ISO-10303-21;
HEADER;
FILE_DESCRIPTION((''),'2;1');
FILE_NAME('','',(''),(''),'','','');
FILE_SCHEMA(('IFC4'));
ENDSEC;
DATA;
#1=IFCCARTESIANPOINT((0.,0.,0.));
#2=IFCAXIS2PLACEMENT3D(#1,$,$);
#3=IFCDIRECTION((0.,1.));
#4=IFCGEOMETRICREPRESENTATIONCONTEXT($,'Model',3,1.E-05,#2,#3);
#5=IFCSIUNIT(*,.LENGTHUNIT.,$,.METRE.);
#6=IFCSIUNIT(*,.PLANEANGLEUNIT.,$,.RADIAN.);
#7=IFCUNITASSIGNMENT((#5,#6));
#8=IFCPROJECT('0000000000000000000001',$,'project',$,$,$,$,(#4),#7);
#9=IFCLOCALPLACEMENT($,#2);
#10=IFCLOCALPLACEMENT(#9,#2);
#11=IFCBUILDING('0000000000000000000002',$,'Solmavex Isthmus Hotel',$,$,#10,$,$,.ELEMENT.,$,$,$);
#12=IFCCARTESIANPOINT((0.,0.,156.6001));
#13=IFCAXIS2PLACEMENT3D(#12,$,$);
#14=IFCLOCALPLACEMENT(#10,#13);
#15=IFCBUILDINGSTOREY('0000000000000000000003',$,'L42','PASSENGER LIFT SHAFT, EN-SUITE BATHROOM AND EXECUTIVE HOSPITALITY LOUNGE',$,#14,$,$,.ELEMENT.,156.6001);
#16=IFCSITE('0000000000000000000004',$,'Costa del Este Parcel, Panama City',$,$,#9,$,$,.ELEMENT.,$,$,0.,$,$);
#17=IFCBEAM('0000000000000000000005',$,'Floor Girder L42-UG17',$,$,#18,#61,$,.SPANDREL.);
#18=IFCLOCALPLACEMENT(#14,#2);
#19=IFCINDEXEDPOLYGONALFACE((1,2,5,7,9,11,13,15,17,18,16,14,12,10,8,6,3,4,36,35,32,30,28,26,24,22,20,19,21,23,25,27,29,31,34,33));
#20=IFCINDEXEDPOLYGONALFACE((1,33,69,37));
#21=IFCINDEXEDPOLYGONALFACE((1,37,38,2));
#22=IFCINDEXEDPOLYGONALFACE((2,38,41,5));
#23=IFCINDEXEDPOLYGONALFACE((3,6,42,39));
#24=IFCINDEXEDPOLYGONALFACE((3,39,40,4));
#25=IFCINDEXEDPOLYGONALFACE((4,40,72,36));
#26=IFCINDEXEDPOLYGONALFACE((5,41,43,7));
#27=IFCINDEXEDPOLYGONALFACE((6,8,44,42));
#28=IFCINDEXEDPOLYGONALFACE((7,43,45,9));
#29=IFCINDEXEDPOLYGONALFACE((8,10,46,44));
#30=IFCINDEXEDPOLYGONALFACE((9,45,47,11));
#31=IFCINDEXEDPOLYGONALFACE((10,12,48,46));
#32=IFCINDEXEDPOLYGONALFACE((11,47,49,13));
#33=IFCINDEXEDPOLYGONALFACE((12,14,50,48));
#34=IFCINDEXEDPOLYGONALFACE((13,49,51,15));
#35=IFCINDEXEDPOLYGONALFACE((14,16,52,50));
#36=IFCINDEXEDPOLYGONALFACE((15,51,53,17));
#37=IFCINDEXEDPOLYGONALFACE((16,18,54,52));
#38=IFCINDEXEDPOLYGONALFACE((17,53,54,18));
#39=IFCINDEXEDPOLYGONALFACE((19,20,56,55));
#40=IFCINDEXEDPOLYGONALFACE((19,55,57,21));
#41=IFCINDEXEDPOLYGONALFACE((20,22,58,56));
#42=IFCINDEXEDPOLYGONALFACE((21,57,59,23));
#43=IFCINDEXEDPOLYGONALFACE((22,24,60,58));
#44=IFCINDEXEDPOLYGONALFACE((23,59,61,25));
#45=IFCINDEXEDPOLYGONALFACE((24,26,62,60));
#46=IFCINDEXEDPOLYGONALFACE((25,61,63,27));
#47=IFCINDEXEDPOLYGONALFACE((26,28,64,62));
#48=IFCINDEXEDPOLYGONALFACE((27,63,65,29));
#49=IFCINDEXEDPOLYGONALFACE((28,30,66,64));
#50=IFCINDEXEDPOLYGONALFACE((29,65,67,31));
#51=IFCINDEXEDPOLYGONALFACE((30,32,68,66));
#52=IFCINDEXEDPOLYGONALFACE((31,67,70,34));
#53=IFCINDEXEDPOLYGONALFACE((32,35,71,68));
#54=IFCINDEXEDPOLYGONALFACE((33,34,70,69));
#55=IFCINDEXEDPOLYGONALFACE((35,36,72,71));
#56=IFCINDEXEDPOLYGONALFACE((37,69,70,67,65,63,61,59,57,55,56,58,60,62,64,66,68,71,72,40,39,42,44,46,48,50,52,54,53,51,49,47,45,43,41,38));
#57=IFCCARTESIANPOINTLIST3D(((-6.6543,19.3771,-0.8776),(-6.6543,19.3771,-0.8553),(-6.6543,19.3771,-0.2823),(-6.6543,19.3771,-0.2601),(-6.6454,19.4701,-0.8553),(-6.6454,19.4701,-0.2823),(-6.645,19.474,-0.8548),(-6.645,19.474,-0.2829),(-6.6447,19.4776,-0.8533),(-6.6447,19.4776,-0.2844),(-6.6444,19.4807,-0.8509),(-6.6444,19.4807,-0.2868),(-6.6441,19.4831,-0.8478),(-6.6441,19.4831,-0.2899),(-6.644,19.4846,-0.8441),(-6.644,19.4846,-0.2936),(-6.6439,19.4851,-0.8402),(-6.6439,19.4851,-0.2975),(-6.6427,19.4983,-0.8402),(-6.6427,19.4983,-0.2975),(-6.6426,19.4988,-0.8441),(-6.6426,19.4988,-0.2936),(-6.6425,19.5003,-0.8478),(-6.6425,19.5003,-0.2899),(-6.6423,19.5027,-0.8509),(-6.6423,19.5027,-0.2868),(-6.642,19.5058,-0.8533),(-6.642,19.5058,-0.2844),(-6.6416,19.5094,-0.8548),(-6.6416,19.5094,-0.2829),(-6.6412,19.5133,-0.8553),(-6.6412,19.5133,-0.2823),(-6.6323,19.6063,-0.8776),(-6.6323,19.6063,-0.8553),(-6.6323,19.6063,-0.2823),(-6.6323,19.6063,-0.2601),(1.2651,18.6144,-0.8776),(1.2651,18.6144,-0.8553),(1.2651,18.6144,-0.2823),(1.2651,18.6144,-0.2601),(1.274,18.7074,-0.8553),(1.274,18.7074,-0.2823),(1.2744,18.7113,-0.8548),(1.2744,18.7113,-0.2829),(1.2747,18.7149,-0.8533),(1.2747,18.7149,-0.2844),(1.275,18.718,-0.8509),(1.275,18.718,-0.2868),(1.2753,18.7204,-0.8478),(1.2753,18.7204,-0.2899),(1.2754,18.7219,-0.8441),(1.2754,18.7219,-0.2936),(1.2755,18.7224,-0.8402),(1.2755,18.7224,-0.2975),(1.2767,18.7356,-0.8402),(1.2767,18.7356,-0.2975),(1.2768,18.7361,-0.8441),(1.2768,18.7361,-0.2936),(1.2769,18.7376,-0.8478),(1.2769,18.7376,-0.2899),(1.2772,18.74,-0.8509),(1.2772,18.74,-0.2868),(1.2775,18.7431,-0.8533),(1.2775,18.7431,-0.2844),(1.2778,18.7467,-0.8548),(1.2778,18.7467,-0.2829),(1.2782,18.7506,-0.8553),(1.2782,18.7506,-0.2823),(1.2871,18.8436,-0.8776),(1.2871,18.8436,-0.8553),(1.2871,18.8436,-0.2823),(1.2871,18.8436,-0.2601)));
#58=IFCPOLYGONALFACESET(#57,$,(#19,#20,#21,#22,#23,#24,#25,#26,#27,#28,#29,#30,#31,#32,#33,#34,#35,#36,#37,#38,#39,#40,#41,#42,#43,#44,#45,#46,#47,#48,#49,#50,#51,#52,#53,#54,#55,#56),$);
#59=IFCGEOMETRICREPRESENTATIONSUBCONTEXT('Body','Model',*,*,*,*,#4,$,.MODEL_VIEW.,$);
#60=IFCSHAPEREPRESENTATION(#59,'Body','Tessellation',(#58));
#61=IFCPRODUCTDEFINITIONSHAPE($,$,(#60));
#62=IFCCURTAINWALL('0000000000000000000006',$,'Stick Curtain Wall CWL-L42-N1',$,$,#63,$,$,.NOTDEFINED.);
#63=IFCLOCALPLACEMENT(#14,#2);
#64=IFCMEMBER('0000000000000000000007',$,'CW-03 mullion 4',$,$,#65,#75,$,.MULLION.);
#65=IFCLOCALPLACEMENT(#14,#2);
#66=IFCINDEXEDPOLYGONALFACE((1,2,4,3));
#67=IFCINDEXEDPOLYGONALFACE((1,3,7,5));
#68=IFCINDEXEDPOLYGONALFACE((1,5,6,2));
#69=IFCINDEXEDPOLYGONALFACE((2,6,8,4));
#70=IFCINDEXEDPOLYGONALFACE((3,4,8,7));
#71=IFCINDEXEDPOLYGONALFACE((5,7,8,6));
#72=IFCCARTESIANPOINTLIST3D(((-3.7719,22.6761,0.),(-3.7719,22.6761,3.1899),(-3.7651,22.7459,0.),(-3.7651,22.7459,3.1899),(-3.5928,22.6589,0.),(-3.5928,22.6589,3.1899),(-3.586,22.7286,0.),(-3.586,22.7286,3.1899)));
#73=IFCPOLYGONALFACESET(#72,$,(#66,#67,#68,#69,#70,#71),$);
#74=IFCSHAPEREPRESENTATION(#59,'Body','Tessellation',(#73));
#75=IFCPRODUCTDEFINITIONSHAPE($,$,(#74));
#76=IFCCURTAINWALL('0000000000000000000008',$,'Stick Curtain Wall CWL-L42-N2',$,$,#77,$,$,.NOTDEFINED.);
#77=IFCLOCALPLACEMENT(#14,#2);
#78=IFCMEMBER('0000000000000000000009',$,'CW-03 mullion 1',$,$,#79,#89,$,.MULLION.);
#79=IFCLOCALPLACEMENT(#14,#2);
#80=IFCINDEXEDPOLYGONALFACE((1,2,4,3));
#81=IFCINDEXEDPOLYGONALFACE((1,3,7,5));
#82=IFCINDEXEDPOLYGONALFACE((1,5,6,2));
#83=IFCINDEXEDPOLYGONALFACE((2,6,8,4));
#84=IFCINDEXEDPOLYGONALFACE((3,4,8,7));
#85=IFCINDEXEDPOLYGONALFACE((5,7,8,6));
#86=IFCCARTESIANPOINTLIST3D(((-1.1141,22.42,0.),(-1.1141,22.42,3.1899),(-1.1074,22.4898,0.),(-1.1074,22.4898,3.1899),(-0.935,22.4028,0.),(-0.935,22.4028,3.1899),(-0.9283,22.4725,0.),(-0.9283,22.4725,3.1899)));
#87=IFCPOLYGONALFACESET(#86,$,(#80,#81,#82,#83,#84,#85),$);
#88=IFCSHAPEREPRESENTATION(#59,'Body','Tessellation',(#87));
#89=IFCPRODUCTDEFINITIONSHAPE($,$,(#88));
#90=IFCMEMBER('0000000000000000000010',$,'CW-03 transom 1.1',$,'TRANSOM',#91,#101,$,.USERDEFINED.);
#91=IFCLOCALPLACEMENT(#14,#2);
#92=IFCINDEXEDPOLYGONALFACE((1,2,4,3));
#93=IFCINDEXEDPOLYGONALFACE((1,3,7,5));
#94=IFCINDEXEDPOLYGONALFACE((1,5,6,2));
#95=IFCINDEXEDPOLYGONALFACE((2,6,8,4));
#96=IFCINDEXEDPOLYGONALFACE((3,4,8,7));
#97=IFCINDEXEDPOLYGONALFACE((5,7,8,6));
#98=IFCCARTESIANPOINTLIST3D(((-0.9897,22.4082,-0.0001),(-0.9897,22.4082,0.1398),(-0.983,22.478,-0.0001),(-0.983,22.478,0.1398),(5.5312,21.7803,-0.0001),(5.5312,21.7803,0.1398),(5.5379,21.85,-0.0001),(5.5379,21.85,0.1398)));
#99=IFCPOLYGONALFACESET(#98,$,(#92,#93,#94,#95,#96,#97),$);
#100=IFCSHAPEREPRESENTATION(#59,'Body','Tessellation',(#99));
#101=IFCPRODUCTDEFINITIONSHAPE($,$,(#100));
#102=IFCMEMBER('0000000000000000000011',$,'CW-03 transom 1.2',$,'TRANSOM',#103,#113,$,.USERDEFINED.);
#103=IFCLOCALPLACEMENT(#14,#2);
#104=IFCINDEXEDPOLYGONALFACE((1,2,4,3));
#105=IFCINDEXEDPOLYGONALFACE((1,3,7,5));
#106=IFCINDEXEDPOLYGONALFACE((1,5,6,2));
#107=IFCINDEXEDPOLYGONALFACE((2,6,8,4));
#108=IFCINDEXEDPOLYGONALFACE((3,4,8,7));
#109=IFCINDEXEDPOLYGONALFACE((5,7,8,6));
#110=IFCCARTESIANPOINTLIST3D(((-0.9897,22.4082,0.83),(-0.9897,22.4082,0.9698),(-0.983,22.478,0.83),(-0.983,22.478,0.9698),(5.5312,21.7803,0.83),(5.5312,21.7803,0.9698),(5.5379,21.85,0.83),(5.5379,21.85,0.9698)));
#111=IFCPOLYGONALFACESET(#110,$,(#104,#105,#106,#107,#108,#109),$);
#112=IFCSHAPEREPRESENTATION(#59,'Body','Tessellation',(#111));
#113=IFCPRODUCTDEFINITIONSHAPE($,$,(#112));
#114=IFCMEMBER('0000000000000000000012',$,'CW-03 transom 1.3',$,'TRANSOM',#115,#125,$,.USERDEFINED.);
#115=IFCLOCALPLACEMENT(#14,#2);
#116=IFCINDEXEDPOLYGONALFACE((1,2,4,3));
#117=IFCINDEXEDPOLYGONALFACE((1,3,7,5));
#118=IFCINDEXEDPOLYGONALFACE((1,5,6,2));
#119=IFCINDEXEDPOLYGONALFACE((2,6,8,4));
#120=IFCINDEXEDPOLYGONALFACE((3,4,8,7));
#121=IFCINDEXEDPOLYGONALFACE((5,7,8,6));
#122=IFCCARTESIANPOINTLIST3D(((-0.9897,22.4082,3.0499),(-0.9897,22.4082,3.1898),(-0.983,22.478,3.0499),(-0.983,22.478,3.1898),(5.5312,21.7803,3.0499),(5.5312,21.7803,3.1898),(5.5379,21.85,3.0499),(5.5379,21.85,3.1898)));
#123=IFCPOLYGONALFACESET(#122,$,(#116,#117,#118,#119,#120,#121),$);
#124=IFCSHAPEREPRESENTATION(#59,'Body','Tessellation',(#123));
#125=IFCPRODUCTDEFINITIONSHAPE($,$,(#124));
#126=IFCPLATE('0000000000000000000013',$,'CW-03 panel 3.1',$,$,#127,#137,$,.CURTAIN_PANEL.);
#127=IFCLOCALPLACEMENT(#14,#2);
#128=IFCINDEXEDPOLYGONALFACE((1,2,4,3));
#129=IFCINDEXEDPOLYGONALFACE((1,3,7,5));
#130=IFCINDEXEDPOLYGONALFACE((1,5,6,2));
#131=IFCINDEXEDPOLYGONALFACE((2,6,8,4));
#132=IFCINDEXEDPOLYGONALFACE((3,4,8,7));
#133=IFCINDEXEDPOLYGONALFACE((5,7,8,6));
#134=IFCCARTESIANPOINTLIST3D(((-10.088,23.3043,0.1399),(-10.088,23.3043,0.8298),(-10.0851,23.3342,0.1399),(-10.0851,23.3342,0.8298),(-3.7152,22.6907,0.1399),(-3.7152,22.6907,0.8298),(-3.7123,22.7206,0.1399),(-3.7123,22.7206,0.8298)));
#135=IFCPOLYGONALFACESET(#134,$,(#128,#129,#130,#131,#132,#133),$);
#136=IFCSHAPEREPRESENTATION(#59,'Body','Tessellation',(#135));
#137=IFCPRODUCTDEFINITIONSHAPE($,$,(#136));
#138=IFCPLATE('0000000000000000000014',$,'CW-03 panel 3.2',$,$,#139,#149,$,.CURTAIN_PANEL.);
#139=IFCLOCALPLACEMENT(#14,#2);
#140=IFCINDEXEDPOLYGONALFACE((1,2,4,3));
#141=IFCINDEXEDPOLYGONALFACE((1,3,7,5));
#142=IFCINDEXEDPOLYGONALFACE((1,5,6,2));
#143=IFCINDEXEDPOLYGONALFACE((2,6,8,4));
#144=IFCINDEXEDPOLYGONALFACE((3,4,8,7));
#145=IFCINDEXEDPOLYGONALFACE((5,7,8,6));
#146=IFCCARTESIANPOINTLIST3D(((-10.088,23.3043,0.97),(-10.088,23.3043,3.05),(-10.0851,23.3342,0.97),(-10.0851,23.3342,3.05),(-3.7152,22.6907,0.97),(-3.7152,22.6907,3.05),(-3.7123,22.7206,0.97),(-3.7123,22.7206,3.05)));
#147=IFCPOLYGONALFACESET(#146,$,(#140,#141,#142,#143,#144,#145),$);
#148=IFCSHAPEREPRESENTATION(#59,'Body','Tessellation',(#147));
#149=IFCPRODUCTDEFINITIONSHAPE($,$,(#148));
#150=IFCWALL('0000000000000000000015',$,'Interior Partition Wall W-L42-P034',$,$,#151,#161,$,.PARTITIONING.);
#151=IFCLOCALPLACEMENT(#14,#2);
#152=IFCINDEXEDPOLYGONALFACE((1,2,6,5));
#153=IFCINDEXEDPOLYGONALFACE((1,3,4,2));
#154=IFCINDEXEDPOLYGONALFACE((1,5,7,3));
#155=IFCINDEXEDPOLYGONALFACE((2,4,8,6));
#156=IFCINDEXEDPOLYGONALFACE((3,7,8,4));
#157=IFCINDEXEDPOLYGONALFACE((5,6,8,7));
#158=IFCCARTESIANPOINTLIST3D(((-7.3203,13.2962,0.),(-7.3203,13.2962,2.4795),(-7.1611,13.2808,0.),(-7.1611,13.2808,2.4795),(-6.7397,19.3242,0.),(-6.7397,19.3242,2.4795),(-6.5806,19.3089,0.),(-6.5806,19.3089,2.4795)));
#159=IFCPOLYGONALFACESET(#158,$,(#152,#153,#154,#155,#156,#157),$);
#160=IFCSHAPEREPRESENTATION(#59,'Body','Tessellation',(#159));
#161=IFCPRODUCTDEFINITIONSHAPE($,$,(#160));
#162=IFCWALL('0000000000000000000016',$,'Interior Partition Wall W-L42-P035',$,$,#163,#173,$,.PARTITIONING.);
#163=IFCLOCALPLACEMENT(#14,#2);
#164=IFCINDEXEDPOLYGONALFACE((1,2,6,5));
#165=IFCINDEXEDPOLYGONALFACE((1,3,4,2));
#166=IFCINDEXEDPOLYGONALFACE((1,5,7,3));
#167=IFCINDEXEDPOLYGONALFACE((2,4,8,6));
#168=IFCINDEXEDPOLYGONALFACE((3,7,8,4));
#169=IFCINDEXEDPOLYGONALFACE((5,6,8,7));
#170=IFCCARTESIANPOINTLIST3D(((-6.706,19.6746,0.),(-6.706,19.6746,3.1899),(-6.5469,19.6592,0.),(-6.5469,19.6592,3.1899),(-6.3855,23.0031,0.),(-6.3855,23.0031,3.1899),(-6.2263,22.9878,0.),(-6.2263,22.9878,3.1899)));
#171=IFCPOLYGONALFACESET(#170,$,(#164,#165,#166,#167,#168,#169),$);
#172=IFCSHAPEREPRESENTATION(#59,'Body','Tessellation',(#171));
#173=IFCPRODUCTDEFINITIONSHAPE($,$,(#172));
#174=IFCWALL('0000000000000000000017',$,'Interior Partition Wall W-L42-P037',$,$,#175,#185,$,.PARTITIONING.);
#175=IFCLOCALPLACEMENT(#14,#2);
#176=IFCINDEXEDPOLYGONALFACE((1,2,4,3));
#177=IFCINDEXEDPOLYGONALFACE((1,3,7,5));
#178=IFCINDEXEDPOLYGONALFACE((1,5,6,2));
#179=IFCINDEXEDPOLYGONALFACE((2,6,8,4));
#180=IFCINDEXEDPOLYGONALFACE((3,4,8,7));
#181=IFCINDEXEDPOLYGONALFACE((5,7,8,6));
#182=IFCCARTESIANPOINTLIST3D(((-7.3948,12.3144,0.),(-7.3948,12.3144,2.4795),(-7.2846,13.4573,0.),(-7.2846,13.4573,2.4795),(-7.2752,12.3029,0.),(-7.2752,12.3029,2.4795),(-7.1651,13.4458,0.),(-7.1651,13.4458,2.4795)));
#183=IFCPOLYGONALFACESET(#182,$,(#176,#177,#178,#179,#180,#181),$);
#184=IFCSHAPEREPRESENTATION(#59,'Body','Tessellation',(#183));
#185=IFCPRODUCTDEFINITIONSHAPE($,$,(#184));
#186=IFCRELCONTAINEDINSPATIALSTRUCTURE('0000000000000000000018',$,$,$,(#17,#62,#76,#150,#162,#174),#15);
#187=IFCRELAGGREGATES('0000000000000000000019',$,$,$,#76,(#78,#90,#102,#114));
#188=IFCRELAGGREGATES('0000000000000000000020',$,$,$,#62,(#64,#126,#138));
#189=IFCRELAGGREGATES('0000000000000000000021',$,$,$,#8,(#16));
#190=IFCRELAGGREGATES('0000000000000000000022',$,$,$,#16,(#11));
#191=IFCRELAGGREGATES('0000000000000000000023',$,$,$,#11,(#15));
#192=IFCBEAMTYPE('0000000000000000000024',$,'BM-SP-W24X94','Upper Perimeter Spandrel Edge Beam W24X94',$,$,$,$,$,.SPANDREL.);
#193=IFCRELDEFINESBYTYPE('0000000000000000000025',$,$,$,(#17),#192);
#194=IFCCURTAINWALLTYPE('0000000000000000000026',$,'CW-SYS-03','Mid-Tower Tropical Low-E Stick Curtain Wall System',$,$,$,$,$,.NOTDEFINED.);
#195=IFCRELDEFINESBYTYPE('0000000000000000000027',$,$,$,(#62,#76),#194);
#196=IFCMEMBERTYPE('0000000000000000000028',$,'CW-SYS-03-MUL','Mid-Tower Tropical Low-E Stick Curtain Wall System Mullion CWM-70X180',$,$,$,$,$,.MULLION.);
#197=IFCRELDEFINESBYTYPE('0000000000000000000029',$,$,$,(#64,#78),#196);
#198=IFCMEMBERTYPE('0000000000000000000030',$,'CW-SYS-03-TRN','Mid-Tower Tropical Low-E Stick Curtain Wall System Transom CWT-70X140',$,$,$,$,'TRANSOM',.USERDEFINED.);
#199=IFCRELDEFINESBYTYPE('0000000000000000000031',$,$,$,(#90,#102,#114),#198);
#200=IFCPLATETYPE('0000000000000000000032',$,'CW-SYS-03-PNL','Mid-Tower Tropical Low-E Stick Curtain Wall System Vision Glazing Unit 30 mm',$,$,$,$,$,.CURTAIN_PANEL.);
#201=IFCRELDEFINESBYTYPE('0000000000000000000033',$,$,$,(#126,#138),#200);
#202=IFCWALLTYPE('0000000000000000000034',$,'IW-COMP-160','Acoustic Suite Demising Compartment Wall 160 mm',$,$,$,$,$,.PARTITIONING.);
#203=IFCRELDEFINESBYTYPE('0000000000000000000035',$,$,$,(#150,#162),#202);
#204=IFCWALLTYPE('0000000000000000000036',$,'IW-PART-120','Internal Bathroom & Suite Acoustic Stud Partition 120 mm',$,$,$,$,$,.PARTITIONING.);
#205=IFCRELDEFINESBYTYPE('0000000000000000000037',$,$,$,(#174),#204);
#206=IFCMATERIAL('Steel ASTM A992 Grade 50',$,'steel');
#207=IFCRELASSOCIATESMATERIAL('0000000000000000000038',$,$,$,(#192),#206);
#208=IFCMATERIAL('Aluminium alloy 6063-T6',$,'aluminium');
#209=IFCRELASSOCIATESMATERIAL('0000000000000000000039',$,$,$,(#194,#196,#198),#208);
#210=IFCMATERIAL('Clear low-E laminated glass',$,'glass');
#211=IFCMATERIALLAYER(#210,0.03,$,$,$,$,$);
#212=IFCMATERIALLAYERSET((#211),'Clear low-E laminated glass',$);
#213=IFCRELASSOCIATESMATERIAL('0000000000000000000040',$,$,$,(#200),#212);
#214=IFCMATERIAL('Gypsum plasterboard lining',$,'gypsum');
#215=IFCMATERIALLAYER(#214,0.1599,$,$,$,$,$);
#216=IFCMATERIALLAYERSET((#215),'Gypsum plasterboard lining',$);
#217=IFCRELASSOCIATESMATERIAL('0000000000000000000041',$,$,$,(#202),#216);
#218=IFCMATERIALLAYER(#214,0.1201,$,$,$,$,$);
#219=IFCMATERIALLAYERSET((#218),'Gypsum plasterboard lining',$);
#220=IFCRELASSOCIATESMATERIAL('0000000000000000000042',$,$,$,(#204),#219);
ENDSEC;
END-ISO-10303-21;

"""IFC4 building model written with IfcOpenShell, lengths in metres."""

from ifc_helpers import new_model, si_unit, direction, frame, frame_2d, origin, origin_2d, place, context, subcontext, project, spatial, rectangle, i_section, extrude, material, layer, layer_set, material_profile, profile_set, type_object, element, aggregate, save


model = new_model("IFC4")

# Units and contexts
model_context = context("Model", 3, precision=1e-05, world=origin(), true_north=direction((0.0, 1.0)))
body_context = subcontext(model_context, "Body", "Model", "MODEL_VIEW")
ifc_project = project(units=[si_unit("LENGTHUNIT", "METRE"), si_unit("PLANEANGLEUNIT", "RADIAN")], contexts=[model_context])

# Site, building, storey
site_placement = place(None, origin())
site = spatial("IfcSite", under=ifc_project, at=site_placement, Name="Costa del Este Parcel, Panama City", CompositionType="ELEMENT", RefElevation=0.0)
building_placement = place(site_placement, origin())
building = spatial("IfcBuilding", under=site, at=building_placement, Name="Solmavex Isthmus Hotel", CompositionType="ELEMENT")
storey_placement = place(building_placement, frame((0.0, 0.0, 156.6001)))
storey = spatial("IfcBuildingStorey", under=building, at=storey_placement, Name="L42", Description="PASSENGER LIFT SHAFT, EN-SUITE BATHROOM AND EXECUTIVE HOSPITALITY LOUNGE", CompositionType="ELEMENT", Elevation=156.6001)

# Beam
ifc_material_1 = material(Name="Steel ASTM A992 Grade 50", Category="steel")
ifc_material_profile_1 = material_profile(ifc_material_1, i_section(OverallWidth=0.2302, OverallDepth=0.6174, WebThickness=0.0132, FlangeThickness=0.0222, FilletRadius=0.0151, at=origin_2d()), Name="W24X94")
ifc_profile_set_1 = profile_set([ifc_material_profile_1], Name="Steel ASTM A992 Grade 50")
beam_type_1 = type_object("IfcBeamType", Name="BM-SP-W24X94", Description="Upper Perimeter Spandrel Edge Beam W24X94", PredefinedType="SPANDREL", material=ifc_profile_set_1)
beam_1_placement = place(storey_placement, frame((-6.6433, 19.4917, -0.5688), z_axis=(0.995395, -0.095863, 0.0), x_axis=(0.095863, 0.995395, 0.0)))
element("IfcBeam", 1, at=beam_1_placement, inside=storey, type_object=beam_type_1, Name="Floor Girder L42-UG17", PredefinedType="SPANDREL", context=body_context, shape_type="SweptSolid", body=[
    extrude(i_section(OverallWidth=0.2302, OverallDepth=0.6174, WebThickness=0.0132, FlangeThickness=0.0222, FilletRadius=0.0151, at=origin_2d()), origin(), (0.0, 0.0, 1.0), 7.9561),
])

# Curtain wall, member
ifc_material_2 = material(Name="Aluminium alloy 6063-T6", Category="aluminium")
curtain_wall_type = type_object("IfcCurtainWallType", Name="CW-SYS-03", Description="Mid-Tower Tropical Low-E Stick Curtain Wall System", PredefinedType="NOTDEFINED", material=ifc_material_2)
curtain_wall_1_placement = place(storey_placement, origin())
curtain_wall_1 = element("IfcCurtainWall", 2, at=curtain_wall_1_placement, inside=storey, type_object=curtain_wall_type, Name="Stick Curtain Wall CWL-L42-N1", PredefinedType="NOTDEFINED")
ifc_material_profile_2 = material_profile(ifc_material_2, rectangle(XDim=0.0701, YDim=0.1799, at=origin_2d()), Name="CWM-70X180")
ifc_profile_set_2 = profile_set([ifc_material_profile_2], Name="Aluminium alloy 6063-T6")
member_type_1 = type_object("IfcMemberType", Name="CW-SYS-03-MUL", Description="Mid-Tower Tropical Low-E Stick Curtain Wall System Mullion CWM-70X180", PredefinedType="MULLION", material=ifc_profile_set_2)
member_1_placement = place(storey_placement, frame((-3.679, 22.7024, 0.0), z_axis=(0.0, 0.0, 1.0), x_axis=(0.095846, 0.995396, 0.0)))
member_1 = element("IfcMember", 3, at=member_1_placement, type_object=member_type_1, Name="CW-03 mullion 4", PredefinedType="MULLION", context=body_context, shape_type="SweptSolid", body=[
    extrude(rectangle(XDim=0.0701, YDim=0.1799, at=origin_2d()), origin(), (0.0, 0.0, 1.0), 3.1899),
])

# Curtain wall, members
curtain_wall_2_placement = place(storey_placement, origin())
curtain_wall_2 = element("IfcCurtainWall", 4, at=curtain_wall_2_placement, inside=storey, type_object=curtain_wall_type, Name="Stick Curtain Wall CWL-L42-N2", PredefinedType="NOTDEFINED")
member_2_placement = place(storey_placement, frame((-1.0212, 22.4463, 0.0), z_axis=(0.0, 0.0, 1.0), x_axis=(0.095845, 0.995396, 0.0)))
member_2 = element("IfcMember", 5, at=member_2_placement, type_object=member_type_1, Name="CW-03 mullion 1", PredefinedType="MULLION", context=body_context, shape_type="SweptSolid", body=[
    extrude(rectangle(XDim=0.0701, YDim=0.1799, at=origin_2d()), origin(), (0.0, 0.0, 1.0), 3.1899),
])
ifc_material_profile_3 = material_profile(ifc_material_2, rectangle(XDim=0.0701, YDim=0.1399, at=origin_2d()), Name="CWT-70X140")
ifc_profile_set_3 = profile_set([ifc_material_profile_3], Name="Aluminium alloy 6063-T6")
member_type_2 = type_object("IfcMemberType", Name="CW-SYS-03-TRN", Description="Mid-Tower Tropical Low-E Stick Curtain Wall System Transom CWT-70X140", ElementType="TRANSOM", PredefinedType="USERDEFINED", material=ifc_profile_set_3)
member_3_placement = place(storey_placement, frame((-0.9863, 22.4431, 0.0698), z_axis=(0.995395, -0.095854, 0.0), x_axis=(0.095854, 0.995395, 0.0)))
member_3 = element("IfcMember", 6, at=member_3_placement, type_object=member_type_2, Name="CW-03 transom 1.1", ObjectType="TRANSOM", PredefinedType="USERDEFINED", context=body_context, shape_type="SweptSolid", body=[
    extrude(rectangle(XDim=0.0701, YDim=0.1399, at=origin_2d()), origin(), (0.0, 0.0, 1.0), 6.551),
])
member_4_placement = place(storey_placement, frame((-0.9863, 22.4431, 0.8999), z_axis=(0.995395, -0.095854, 0.0), x_axis=(0.095854, 0.995395, 0.0)))
member_4 = element("IfcMember", 7, at=member_4_placement, type_object=member_type_2, Name="CW-03 transom 1.2", ObjectType="TRANSOM", PredefinedType="USERDEFINED", context=body_context, shape_type="SweptSolid", body=[
    extrude(rectangle(XDim=0.0701, YDim=0.1399, at=origin_2d()), origin(), (0.0, 0.0, 1.0), 6.551),
])
member_5_placement = place(storey_placement, frame((-0.9863, 22.4431, 3.1199), z_axis=(0.995395, -0.095854, 0.0), x_axis=(0.095854, 0.995395, 0.0)))
member_5 = element("IfcMember", 8, at=member_5_placement, type_object=member_type_2, Name="CW-03 transom 1.3", ObjectType="TRANSOM", PredefinedType="USERDEFINED", context=body_context, shape_type="SweptSolid", body=[
    extrude(rectangle(XDim=0.0701, YDim=0.1399, at=origin_2d()), origin(), (0.0, 0.0, 1.0), 6.551),
])
aggregate(curtain_wall_2, [member_2, member_3, member_4, member_5])

# Plates
ifc_material_3 = material(Name="Clear low-E laminated glass", Category="glass")
ifc_layer_1 = layer(ifc_material_3, 0.03)
ifc_layer_set_1 = layer_set([ifc_layer_1], Name="Clear low-E laminated glass")
plate_type = type_object("IfcPlateType", Name="CW-SYS-03-PNL", Description="Mid-Tower Tropical Low-E Stick Curtain Wall System Vision Glazing Unit 30 mm", PredefinedType="CURTAIN_PANEL", material=ifc_layer_set_1)
plate_1_placement = place(storey_placement, frame((-6.9001, 23.0125, 0.1399), z_axis=(0.0, 0.0, 1.0), x_axis=(0.995396, -0.095846, 0.0)))
plate_1 = element("IfcPlate", 9, at=plate_1_placement, type_object=plate_type, Name="CW-03 panel 3.1", PredefinedType="CURTAIN_PANEL", context=body_context, shape_type="SweptSolid", body=[
    extrude(rectangle(XDim=6.4023, YDim=0.03, at=origin_2d()), origin(), (0.0, 0.0, 1.0), 0.6899),
])
plate_2_placement = place(storey_placement, frame((-6.9001, 23.0125, 0.97), z_axis=(0.0, 0.0, 1.0), x_axis=(0.995396, -0.095846, 0.0)))
plate_2 = element("IfcPlate", 10, at=plate_2_placement, type_object=plate_type, Name="CW-03 panel 3.2", PredefinedType="CURTAIN_PANEL", context=body_context, shape_type="SweptSolid", body=[
    extrude(rectangle(XDim=6.4023, YDim=0.03, at=origin_2d()), origin(), (0.0, 0.0, 1.0), 2.0801),
])
aggregate(curtain_wall_1, [member_1, plate_1, plate_2])

# Walls
ifc_material_4 = material(Name="Gypsum plasterboard lining", Category="gypsum")
ifc_layer_2 = layer(ifc_material_4, 0.1599)
ifc_layer_set_2 = layer_set([ifc_layer_2], Name="Gypsum plasterboard lining")
wall_type_1 = type_object("IfcWallType", Name="IW-COMP-160", Description="Acoustic Suite Demising Compartment Wall 160 mm", PredefinedType="PARTITIONING", material=ifc_layer_set_2)
wall_1_placement = place(storey_placement, frame((-6.6602, 19.3164, 0.0), z_axis=(0.0, 0.0, 1.0), x_axis=(-0.095867, -0.995394, 0.0)))
element("IfcWall", 11, at=wall_1_placement, inside=storey, type_object=wall_type_1, Name="Interior Partition Wall W-L42-P034", PredefinedType="PARTITIONING", context=body_context, shape_type="SweptSolid", body=[
    extrude(rectangle(XDim=6.0559, YDim=0.1599, at=frame_2d((3.0278, 0.0))), origin(), (0.0, 0.0, 1.0), 2.4795),
])
wall_2_placement = place(storey_placement, frame((-6.3059, 22.9954, 0.0), z_axis=(0.0, 0.0, 1.0), x_axis=(-0.09586, -0.995395, 0.0)))
element("IfcWall", 12, at=wall_2_placement, inside=storey, type_object=wall_type_1, Name="Interior Partition Wall W-L42-P035", PredefinedType="PARTITIONING", context=body_context, shape_type="SweptSolid", body=[
    extrude(rectangle(XDim=3.344, YDim=0.1599, at=frame_2d((1.6719, 0.0))), origin(), (0.0, 0.0, 1.0), 3.1899),
])

# Wall
ifc_layer_3 = layer(ifc_material_4, 0.1201)
ifc_layer_set_3 = layer_set([ifc_layer_3], Name="Gypsum plasterboard lining")
wall_type_2 = type_object("IfcWallType", Name="IW-PART-120", Description="Internal Bathroom & Suite Acoustic Stud Partition 120 mm", PredefinedType="PARTITIONING", material=ifc_layer_set_3)
wall_3_placement = place(storey_placement, frame((-7.2249, 13.4517, 0.0), z_axis=(0.0, 0.0, 1.0), x_axis=(-0.095903, -0.995391, 0.0)))
element("IfcWall", 13, at=wall_3_placement, inside=storey, type_object=wall_type_2, Name="Interior Partition Wall W-L42-P037", PredefinedType="PARTITIONING", context=body_context, shape_type="SweptSolid", body=[
    extrude(rectangle(XDim=1.1482, YDim=0.1201, at=frame_2d((0.5742, 0.0))), origin(), (0.0, 0.0, 1.0), 2.4795),
])

save(model, "model.ifc")
